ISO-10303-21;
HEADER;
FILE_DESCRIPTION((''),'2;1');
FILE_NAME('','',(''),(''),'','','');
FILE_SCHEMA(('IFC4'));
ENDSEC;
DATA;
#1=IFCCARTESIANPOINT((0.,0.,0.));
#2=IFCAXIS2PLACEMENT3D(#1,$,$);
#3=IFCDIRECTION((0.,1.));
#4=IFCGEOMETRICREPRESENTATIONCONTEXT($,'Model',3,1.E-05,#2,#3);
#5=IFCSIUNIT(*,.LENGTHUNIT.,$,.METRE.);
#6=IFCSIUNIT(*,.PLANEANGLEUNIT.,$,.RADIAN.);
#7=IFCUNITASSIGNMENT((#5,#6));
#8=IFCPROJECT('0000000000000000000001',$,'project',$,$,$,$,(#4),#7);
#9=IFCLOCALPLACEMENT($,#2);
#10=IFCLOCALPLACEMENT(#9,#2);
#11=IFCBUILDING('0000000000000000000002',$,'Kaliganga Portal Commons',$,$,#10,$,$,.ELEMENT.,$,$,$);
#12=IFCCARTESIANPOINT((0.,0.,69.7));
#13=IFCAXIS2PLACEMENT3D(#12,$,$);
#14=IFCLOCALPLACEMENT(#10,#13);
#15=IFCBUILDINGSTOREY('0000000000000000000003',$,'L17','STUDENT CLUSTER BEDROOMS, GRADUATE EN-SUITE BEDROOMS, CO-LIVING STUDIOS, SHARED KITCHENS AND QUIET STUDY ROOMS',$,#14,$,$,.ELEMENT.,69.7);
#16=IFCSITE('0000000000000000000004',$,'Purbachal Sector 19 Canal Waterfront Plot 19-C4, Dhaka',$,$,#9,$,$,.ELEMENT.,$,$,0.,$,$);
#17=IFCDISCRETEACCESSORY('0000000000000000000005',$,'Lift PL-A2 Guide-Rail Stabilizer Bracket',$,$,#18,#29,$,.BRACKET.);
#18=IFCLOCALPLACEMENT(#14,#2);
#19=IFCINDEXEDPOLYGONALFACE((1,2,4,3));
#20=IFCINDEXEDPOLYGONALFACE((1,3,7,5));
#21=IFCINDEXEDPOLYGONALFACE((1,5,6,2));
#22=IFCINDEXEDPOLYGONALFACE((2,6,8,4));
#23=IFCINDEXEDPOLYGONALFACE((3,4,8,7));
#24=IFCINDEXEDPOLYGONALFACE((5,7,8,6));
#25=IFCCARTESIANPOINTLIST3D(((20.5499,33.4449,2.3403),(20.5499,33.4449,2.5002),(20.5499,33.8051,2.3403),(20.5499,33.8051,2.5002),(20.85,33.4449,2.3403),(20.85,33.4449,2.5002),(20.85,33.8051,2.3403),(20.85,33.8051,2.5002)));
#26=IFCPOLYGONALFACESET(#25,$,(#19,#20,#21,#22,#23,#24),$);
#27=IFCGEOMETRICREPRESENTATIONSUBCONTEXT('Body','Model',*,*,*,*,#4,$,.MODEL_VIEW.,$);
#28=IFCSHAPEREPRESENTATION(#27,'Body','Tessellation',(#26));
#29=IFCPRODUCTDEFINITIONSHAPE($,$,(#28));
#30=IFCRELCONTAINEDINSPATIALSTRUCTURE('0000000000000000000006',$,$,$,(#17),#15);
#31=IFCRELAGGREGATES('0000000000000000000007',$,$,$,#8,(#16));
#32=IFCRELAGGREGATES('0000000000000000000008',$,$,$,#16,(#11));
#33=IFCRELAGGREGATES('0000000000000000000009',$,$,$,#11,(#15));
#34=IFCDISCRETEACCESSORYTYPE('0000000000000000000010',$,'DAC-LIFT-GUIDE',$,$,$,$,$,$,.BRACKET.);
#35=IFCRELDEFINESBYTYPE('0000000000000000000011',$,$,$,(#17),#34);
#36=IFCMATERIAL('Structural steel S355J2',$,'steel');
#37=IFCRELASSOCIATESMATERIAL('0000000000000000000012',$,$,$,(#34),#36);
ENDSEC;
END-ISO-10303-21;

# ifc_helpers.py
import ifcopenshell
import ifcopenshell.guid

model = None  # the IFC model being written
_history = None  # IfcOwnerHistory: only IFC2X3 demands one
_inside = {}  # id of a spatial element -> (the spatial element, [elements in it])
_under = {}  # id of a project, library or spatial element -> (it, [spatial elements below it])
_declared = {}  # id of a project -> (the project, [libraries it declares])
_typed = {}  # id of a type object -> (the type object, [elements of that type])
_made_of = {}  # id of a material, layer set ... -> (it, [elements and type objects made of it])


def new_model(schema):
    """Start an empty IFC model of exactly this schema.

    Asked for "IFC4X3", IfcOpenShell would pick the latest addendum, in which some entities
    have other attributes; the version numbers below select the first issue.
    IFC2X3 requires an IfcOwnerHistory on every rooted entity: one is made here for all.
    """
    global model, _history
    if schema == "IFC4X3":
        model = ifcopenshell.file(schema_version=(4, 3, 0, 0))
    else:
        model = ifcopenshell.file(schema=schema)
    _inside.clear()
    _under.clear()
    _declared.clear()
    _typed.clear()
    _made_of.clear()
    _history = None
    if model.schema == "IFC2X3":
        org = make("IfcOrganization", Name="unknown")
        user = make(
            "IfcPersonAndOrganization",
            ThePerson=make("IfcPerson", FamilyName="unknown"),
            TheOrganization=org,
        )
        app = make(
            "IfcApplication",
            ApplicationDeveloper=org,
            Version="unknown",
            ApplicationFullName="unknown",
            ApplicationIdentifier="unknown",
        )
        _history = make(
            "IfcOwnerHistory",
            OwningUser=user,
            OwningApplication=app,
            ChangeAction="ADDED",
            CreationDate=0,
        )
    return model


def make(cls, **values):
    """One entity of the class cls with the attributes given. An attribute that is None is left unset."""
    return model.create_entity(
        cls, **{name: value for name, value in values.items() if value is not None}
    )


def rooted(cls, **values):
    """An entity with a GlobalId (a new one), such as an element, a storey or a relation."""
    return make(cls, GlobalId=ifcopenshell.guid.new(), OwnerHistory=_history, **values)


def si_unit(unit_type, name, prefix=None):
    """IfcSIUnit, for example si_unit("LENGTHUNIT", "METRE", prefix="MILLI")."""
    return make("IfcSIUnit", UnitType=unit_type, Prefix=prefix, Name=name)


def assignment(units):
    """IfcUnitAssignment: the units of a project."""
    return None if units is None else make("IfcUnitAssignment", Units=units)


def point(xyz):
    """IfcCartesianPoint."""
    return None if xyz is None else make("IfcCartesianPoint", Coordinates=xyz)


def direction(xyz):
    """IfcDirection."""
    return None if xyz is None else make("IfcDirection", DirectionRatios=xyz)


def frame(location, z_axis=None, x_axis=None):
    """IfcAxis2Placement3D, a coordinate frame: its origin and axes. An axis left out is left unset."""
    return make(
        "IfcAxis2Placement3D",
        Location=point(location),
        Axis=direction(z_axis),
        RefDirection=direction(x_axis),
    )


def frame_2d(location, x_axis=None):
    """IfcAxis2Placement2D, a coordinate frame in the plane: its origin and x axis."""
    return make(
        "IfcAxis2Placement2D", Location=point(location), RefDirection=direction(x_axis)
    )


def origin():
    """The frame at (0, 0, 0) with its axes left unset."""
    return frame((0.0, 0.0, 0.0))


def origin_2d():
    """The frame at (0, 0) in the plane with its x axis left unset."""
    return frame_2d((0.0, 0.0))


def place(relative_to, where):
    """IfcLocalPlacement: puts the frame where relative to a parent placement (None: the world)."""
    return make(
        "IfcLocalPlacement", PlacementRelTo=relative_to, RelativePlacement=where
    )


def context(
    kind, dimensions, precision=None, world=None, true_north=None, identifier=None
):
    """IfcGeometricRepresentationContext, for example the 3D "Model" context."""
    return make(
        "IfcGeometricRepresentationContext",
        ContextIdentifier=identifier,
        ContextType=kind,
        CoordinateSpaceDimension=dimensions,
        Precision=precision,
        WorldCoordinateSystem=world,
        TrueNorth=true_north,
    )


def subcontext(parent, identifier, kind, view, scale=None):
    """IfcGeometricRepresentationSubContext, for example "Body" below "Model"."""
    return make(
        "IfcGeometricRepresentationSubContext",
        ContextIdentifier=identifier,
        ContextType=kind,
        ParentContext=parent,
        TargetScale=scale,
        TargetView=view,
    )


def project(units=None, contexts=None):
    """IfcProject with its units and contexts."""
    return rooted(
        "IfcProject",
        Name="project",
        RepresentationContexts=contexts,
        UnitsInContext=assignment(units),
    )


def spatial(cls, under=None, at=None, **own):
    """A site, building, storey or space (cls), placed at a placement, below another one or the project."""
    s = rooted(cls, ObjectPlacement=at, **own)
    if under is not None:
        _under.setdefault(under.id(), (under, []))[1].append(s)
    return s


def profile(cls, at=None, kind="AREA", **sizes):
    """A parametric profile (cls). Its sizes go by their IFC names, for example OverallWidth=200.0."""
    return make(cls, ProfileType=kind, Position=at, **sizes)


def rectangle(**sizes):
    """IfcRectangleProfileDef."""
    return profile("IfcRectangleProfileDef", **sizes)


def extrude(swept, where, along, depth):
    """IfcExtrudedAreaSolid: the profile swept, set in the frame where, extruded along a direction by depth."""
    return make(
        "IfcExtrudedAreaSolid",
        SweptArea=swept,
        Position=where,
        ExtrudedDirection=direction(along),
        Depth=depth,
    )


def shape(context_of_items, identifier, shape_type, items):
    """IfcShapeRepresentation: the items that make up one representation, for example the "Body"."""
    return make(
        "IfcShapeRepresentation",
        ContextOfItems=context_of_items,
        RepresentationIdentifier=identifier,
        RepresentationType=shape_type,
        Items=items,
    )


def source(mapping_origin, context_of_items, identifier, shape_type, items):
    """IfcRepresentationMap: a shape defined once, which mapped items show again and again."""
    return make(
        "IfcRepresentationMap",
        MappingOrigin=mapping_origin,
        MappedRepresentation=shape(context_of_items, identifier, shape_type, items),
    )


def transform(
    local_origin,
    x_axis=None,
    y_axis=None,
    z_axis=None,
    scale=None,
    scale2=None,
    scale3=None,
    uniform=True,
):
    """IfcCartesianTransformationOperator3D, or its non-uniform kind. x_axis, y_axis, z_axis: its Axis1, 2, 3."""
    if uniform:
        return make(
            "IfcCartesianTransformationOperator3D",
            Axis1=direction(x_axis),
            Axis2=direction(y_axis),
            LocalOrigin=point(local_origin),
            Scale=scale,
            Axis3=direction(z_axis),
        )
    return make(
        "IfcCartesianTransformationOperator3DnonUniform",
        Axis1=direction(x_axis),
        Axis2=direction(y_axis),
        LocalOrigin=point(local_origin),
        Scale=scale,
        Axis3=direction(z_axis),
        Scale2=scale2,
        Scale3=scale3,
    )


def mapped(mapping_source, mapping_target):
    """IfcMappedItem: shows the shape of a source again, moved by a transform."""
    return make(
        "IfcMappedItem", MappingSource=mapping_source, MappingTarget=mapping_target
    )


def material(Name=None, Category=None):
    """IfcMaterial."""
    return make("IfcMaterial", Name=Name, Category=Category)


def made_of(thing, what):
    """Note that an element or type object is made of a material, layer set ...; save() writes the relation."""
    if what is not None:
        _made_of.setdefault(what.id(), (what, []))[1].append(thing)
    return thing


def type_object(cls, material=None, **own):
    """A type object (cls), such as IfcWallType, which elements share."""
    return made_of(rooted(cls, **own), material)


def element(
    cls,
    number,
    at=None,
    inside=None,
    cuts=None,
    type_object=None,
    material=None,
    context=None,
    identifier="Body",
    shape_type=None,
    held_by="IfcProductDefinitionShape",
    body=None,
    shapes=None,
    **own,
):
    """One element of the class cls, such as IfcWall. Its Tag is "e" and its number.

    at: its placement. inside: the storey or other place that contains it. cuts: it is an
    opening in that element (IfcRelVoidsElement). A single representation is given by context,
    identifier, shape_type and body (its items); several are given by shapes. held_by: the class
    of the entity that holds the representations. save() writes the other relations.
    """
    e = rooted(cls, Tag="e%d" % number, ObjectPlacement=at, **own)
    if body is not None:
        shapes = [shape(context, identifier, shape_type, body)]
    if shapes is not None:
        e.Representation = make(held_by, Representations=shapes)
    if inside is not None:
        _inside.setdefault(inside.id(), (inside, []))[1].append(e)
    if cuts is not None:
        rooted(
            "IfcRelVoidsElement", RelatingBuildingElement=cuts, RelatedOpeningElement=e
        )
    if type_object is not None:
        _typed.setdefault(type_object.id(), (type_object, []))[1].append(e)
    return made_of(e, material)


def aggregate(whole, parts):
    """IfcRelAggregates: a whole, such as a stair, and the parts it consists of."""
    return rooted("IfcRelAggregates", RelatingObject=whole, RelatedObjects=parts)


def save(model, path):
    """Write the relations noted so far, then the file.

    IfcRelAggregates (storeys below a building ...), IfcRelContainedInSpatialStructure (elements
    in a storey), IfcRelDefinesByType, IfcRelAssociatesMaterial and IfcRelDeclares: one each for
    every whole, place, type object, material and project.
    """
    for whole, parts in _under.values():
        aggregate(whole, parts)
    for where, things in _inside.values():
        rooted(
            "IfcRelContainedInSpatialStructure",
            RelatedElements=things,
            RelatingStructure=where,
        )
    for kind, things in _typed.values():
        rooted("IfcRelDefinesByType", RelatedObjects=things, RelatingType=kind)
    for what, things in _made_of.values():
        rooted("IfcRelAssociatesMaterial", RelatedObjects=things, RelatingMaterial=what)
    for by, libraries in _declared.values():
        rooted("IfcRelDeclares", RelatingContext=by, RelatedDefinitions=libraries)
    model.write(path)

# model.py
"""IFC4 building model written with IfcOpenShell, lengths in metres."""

from ifc_helpers import new_model, si_unit, direction, frame, origin, origin_2d, place, context, subcontext, project, spatial, rectangle, extrude, source, transform, mapped, material, type_object, element, save


model = new_model("IFC4")

# Units and contexts
model_context = context("Model", 3, precision=1e-05, world=origin(), true_north=direction((0.0, 1.0)))
body_context = subcontext(model_context, "Body", "Model", "MODEL_VIEW")
ifc_project = project(units=[si_unit("LENGTHUNIT", "METRE"), si_unit("PLANEANGLEUNIT", "RADIAN")], contexts=[model_context])

# Site, building, storey
site_placement = place(None, origin())
site = spatial("IfcSite", under=ifc_project, at=site_placement, Name="Purbachal Sector 19 Canal Waterfront Plot 19-C4, Dhaka", CompositionType="ELEMENT", RefElevation=0.0)
building_placement = place(site_placement, origin())
building = spatial("IfcBuilding", under=site, at=building_placement, Name="Kaliganga Portal Commons", CompositionType="ELEMENT")
storey_placement = place(building_placement, frame((0.0, 0.0, 69.7)))
storey = spatial("IfcBuildingStorey", under=building, at=storey_placement, Name="L17", Description="STUDENT CLUSTER BEDROOMS, GRADUATE EN-SUITE BEDROOMS, CO-LIVING STUDIOS, SHARED KITCHENS AND QUIET STUDY ROOMS", CompositionType="ELEMENT", Elevation=69.7)

# Discrete accessory
ifc_material_1 = material(Name="Structural steel S355J2", Category="steel")
discrete_accessory_type = type_object("IfcDiscreteAccessoryType", Name="DAC-LIFT-GUIDE", PredefinedType="BRACKET", material=ifc_material_1)
shared_shape_1 = source(origin(), body_context, "Body", "SweptSolid", [
    extrude(rectangle(XDim=0.3, YDim=0.3601, at=origin_2d()), origin(), (0.0, 0.0, 1.0), 0.1599),
])
discrete_accessory_placement = place(storey_placement, frame((20.7, 33.625, 2.3403), z_axis=(0.0, 0.0, 1.0), x_axis=(1.0, 0.0, 0.0)))
element("IfcDiscreteAccessory", 1, at=discrete_accessory_placement, inside=storey, type_object=discrete_accessory_type, Name="Lift PL-A2 Guide-Rail Stabilizer Bracket", PredefinedType="BRACKET", context=body_context, shape_type="MappedRepresentation", body=[
    mapped(shared_shape_1, transform((0.0, 0.0, 0.0), x_axis=(1.0, 0.0, 0.0), y_axis=(0.0, 1.0, 0.0), z_axis=(0.0, 0.0, 1.0), scale=1.0)),
])

save(model, "model.ifc")
